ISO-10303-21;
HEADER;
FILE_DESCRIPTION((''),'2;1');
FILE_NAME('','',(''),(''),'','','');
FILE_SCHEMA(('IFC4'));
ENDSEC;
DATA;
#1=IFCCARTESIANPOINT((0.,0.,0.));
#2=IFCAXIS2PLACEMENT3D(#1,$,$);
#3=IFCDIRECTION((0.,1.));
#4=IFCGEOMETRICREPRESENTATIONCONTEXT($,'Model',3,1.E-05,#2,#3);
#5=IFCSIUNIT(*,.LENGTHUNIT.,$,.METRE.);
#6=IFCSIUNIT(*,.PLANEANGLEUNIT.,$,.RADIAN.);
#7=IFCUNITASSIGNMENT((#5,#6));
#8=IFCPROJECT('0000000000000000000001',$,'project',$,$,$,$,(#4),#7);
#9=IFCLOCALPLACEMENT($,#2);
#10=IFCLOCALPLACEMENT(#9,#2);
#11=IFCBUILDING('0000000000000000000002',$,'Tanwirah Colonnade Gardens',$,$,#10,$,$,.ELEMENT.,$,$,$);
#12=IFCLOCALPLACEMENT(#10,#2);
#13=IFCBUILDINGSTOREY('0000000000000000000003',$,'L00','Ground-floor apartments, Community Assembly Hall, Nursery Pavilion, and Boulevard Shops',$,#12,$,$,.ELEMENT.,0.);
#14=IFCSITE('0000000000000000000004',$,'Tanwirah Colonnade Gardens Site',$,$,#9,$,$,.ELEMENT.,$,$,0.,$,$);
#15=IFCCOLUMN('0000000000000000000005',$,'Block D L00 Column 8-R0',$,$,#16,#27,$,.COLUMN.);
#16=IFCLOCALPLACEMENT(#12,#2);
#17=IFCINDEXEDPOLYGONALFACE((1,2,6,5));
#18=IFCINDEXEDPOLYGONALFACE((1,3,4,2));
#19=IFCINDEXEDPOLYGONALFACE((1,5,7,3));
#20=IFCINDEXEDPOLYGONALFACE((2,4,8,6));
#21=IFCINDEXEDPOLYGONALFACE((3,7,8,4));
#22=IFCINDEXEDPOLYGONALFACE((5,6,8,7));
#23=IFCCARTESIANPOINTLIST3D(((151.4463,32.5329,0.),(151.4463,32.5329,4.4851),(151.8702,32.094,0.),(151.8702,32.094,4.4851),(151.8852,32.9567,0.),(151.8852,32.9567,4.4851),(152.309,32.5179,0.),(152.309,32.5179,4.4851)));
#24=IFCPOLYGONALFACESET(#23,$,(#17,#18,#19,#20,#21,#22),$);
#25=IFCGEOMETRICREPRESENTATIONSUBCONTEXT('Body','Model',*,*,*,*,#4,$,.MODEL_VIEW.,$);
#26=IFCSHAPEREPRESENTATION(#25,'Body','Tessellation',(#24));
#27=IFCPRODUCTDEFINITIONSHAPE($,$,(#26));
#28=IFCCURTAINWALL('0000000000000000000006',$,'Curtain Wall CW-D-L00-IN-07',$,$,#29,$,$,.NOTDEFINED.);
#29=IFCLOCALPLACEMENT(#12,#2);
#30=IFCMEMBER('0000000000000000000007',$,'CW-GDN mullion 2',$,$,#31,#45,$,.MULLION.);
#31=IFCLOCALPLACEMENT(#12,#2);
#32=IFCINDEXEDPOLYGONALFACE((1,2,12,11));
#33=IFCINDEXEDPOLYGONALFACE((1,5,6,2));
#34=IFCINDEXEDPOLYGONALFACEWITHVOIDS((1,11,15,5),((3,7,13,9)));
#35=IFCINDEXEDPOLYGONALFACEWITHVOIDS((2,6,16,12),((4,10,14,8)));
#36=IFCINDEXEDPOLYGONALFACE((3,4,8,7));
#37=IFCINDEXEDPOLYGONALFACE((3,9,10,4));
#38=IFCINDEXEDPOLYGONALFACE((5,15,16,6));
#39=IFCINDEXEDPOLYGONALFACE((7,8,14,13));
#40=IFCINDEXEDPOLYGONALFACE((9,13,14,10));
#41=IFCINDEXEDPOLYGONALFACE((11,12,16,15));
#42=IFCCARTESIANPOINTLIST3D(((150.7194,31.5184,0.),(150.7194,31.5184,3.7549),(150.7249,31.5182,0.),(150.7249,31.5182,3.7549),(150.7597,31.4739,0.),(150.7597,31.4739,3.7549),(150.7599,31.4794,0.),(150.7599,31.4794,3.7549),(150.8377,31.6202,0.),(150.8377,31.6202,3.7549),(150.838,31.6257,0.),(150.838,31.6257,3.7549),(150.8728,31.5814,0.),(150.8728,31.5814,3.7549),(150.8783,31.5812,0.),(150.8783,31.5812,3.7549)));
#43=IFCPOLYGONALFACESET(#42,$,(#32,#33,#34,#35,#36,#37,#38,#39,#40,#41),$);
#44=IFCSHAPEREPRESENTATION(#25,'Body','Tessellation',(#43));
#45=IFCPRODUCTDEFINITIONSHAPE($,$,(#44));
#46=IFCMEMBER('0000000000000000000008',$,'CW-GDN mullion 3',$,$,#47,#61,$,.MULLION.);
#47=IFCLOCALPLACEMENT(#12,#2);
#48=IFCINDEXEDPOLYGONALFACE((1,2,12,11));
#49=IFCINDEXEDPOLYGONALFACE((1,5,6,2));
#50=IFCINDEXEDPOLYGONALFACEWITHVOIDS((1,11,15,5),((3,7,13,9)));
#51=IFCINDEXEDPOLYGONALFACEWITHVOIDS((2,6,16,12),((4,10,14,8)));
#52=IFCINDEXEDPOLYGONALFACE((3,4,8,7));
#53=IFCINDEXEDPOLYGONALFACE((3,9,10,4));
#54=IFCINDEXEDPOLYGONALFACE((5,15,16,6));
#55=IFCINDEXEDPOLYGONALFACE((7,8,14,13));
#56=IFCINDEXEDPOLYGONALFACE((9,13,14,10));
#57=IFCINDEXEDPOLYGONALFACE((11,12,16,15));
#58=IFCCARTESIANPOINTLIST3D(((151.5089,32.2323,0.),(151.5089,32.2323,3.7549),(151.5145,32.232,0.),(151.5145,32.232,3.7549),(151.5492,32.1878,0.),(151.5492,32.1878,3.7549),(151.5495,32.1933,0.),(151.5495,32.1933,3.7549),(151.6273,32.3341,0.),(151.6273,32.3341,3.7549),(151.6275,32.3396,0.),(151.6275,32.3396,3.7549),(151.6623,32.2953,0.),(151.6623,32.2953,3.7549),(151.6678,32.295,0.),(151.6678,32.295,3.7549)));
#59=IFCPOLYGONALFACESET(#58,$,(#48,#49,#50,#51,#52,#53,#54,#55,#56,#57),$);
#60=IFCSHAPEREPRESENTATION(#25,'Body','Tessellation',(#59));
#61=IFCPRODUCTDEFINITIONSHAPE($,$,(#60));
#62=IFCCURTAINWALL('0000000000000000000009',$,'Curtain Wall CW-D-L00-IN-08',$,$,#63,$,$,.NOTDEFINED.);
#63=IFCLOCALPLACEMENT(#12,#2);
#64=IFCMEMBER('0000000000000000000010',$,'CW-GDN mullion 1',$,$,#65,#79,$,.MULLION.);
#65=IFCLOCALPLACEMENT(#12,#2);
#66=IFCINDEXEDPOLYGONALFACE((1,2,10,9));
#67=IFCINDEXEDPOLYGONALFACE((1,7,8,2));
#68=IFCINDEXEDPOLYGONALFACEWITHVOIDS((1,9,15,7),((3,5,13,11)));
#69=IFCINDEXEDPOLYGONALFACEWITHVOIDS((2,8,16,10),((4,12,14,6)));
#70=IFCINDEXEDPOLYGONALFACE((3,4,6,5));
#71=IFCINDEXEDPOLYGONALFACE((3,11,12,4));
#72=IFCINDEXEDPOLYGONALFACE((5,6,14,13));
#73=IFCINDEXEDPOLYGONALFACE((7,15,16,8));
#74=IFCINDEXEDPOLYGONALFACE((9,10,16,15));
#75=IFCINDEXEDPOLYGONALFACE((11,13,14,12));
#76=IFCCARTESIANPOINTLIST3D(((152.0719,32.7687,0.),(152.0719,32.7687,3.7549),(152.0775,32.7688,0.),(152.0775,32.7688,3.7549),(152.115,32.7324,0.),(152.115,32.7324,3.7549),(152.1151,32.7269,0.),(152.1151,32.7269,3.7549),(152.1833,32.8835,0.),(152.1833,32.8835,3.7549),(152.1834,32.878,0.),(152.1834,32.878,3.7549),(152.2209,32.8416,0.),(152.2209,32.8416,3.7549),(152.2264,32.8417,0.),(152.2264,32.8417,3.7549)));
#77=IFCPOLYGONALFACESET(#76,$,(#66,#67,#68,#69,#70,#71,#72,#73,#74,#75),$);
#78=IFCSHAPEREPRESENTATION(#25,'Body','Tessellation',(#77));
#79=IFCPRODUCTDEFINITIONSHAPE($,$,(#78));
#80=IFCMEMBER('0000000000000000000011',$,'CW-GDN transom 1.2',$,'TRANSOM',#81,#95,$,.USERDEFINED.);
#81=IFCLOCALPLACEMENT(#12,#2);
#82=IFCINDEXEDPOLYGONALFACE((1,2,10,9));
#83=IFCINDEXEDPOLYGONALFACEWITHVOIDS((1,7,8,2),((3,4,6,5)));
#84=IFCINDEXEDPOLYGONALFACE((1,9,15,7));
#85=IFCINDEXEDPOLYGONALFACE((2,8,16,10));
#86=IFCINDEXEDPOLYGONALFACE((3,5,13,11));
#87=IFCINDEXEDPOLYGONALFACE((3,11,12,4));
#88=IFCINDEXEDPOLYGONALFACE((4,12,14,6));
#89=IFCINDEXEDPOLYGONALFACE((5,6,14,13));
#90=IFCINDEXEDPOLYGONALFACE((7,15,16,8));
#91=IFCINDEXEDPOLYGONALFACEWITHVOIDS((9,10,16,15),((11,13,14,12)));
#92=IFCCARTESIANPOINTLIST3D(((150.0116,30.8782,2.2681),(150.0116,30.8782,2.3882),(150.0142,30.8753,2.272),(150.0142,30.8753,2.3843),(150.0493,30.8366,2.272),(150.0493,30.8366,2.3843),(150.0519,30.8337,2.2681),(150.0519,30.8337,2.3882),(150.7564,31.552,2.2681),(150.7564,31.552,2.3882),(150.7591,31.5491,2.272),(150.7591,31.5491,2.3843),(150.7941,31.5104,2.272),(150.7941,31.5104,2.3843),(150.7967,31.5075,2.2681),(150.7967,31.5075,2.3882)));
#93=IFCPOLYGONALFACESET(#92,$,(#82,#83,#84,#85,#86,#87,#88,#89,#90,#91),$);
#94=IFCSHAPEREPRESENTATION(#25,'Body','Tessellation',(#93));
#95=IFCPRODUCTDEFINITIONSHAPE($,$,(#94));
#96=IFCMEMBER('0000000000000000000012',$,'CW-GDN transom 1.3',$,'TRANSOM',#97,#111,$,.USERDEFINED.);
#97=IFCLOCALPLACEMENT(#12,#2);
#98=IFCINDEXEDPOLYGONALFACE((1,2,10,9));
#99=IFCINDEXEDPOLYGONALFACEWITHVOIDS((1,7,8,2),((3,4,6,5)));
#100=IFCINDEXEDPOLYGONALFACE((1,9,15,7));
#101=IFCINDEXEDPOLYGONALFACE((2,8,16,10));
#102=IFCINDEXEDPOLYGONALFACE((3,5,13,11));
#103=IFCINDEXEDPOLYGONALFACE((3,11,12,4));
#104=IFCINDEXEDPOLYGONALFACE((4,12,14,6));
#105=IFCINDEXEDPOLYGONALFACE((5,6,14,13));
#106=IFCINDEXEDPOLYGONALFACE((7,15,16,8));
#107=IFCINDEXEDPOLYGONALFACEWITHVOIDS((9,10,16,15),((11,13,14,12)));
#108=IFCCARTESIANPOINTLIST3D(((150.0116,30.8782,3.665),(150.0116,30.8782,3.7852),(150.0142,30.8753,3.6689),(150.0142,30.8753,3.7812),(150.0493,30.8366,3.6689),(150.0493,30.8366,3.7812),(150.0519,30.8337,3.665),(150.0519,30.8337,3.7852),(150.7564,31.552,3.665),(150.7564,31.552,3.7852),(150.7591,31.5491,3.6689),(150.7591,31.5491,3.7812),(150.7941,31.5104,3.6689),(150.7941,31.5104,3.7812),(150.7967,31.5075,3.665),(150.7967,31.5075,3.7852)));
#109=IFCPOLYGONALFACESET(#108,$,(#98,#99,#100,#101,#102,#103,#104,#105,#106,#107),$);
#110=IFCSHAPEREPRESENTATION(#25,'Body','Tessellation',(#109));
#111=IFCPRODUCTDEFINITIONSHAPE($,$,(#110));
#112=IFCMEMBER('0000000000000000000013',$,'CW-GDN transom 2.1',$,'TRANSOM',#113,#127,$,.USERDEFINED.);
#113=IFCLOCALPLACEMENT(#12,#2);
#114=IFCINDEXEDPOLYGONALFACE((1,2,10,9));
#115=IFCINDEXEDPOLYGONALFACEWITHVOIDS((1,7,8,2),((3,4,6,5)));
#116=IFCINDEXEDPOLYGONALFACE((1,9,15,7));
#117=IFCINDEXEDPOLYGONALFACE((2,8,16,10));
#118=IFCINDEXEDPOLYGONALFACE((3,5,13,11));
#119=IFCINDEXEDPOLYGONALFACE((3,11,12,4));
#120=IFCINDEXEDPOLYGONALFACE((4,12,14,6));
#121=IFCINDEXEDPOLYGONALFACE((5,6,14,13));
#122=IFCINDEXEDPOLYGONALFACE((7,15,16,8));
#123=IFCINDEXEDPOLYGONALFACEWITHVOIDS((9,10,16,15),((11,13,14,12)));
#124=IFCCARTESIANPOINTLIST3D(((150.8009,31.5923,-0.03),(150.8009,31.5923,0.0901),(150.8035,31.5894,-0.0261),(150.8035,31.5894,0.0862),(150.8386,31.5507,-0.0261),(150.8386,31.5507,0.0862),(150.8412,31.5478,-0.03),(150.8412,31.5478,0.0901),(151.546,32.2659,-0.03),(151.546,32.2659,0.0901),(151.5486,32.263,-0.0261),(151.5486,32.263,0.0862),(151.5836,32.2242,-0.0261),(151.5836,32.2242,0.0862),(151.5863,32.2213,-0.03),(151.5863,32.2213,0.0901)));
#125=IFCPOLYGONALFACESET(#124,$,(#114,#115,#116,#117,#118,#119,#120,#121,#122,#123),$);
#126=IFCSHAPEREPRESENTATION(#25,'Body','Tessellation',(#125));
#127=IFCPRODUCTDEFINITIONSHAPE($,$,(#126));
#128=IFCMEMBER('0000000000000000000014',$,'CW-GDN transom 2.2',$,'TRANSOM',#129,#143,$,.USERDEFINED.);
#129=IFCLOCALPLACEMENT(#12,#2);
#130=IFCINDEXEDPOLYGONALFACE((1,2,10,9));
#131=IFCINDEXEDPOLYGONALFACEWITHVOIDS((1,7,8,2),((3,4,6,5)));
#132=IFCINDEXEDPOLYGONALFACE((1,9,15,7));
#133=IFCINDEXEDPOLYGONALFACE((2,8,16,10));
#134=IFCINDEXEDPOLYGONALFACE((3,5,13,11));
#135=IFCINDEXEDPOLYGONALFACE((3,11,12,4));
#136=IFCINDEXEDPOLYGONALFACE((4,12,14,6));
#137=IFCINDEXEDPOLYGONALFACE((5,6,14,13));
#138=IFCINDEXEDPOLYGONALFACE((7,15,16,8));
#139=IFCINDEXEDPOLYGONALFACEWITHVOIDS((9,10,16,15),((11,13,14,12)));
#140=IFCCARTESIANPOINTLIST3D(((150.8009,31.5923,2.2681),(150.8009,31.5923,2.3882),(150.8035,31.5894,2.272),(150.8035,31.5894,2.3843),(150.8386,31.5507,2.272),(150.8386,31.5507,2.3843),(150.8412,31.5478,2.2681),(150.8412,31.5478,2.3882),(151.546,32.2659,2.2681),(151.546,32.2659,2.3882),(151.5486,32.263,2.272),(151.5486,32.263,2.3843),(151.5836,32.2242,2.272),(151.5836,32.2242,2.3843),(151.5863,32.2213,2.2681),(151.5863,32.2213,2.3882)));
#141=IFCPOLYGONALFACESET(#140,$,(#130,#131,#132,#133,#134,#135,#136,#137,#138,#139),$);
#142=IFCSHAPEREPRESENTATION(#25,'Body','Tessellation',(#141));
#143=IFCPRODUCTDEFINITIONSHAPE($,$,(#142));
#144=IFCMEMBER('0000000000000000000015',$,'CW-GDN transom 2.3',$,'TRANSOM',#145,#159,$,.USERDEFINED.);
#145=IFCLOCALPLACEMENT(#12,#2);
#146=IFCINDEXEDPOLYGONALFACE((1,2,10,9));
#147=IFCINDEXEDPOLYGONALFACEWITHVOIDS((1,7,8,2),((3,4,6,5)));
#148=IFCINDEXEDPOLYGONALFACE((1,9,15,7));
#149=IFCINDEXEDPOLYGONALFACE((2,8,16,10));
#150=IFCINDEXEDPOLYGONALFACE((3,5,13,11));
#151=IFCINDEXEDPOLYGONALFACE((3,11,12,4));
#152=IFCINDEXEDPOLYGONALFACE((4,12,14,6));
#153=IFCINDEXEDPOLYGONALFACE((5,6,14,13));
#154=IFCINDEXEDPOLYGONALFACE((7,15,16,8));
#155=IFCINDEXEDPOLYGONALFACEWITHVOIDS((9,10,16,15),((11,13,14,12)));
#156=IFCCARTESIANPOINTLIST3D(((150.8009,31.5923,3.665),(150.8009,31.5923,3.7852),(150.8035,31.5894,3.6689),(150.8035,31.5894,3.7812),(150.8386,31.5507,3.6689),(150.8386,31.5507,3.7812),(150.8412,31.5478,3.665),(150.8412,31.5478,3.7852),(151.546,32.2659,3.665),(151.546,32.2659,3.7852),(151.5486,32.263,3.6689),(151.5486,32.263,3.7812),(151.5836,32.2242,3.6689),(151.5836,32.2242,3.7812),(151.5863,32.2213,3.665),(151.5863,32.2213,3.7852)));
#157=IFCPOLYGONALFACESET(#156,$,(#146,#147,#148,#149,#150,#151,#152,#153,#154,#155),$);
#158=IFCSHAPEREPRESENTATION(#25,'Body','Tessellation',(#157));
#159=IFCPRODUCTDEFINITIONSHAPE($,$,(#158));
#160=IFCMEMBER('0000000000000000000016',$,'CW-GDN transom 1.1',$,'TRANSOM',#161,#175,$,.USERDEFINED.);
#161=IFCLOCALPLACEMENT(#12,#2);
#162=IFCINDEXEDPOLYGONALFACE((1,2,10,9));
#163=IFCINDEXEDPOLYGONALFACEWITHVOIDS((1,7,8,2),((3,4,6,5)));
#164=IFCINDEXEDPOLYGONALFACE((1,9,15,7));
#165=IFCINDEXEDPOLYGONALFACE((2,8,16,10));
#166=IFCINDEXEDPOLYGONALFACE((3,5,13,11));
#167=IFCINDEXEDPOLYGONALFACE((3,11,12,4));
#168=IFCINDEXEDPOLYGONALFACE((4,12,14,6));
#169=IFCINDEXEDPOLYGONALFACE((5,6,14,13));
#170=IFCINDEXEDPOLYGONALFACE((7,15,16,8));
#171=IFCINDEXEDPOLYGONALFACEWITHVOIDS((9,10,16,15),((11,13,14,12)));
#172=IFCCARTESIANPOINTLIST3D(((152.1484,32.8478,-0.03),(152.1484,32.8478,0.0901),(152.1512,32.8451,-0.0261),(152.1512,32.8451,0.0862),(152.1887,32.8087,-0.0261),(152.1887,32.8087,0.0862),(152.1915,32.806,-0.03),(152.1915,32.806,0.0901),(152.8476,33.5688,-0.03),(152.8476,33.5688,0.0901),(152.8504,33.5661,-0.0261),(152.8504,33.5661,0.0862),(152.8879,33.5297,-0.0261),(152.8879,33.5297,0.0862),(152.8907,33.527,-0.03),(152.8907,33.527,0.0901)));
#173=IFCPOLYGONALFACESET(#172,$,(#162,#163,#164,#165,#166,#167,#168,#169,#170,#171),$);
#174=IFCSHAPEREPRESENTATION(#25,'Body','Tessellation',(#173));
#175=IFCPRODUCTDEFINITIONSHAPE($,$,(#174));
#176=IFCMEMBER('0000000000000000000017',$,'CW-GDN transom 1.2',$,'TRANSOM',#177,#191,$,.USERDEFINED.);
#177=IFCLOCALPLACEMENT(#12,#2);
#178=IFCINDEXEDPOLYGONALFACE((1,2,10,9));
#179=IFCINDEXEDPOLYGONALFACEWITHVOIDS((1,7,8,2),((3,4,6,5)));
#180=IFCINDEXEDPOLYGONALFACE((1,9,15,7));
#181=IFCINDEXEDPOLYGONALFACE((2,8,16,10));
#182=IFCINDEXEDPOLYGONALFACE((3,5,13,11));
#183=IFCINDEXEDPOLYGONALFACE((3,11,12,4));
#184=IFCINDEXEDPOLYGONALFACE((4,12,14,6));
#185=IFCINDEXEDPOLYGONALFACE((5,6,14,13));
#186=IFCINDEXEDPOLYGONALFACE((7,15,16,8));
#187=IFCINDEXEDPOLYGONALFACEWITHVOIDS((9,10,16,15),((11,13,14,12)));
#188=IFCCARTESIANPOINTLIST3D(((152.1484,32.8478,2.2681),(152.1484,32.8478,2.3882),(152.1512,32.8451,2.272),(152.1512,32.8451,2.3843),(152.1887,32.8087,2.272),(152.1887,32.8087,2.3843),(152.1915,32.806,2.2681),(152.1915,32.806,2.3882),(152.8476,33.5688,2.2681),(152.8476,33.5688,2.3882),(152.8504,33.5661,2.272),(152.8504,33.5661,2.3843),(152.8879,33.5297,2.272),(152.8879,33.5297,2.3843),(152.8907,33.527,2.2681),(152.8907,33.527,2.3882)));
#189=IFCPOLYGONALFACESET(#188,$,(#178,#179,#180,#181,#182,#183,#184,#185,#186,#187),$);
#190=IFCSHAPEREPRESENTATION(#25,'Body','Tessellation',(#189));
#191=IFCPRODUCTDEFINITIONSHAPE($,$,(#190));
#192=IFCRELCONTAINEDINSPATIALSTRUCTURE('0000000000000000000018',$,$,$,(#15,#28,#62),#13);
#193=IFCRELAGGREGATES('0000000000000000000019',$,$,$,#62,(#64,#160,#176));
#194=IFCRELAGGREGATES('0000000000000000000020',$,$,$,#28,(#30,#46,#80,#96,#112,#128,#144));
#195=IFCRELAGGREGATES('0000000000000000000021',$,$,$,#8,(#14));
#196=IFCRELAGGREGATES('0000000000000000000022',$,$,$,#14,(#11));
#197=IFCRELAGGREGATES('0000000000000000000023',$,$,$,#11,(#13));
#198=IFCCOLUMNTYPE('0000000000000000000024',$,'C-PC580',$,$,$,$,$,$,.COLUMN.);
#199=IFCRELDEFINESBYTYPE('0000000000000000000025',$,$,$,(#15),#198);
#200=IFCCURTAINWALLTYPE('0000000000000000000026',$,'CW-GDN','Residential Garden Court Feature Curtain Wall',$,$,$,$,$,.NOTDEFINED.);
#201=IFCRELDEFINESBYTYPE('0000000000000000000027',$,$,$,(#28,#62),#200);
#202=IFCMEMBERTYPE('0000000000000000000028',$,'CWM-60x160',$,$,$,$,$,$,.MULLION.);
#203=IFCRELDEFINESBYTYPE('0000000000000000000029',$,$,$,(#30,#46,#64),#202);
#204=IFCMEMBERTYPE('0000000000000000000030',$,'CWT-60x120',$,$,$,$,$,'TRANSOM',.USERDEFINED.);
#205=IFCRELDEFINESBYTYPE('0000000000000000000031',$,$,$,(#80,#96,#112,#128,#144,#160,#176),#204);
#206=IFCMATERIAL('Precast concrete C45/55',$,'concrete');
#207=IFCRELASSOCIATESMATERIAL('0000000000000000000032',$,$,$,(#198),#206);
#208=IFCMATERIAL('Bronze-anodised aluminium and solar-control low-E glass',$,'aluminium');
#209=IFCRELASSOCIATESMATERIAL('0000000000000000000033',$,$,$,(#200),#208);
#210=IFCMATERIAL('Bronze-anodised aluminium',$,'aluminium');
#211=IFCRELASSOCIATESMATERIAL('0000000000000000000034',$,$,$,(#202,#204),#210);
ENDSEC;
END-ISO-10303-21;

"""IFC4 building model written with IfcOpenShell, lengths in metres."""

from ifc_helpers import new_model, si_unit, direction, frame, origin, origin_2d, place, context, subcontext, project, spatial, rectangle, hollow_rectangle, extrude, material, material_profile, profile_set, type_object, element, aggregate, save


model = new_model("IFC4")

# Units and contexts
model_context = context("Model", 3, precision=1e-05, world=origin(), true_north=direction((0.0, 1.0)))
body_context = subcontext(model_context, "Body", "Model", "MODEL_VIEW")
ifc_project = project(units=[si_unit("LENGTHUNIT", "METRE"), si_unit("PLANEANGLEUNIT", "RADIAN")], contexts=[model_context])

# Site, building, storey
site_placement = place(None, origin())
site = spatial("IfcSite", under=ifc_project, at=site_placement, Name="Tanwirah Colonnade Gardens Site", CompositionType="ELEMENT", RefElevation=0.0)
building_placement = place(site_placement, origin())
building = spatial("IfcBuilding", under=site, at=building_placement, Name="Tanwirah Colonnade Gardens", CompositionType="ELEMENT")
storey_placement = place(building_placement, origin())
storey = spatial("IfcBuildingStorey", under=building, at=storey_placement, Name="L00", Description="Ground-floor apartments, Community Assembly Hall, Nursery Pavilion, and Boulevard Shops", CompositionType="ELEMENT", Elevation=0.0)

# Column
ifc_material_1 = material(Name="Precast concrete C45/55", Category="concrete")
ifc_material_profile_1 = material_profile(ifc_material_1, rectangle(XDim=0.6101, YDim=0.6101, at=origin_2d()), Name="PC-COL 610x610")
ifc_profile_set_1 = profile_set([ifc_material_profile_1], Name="Precast concrete C45/55")
column_type = type_object("IfcColumnType", Name="C-PC580", PredefinedType="COLUMN", material=ifc_profile_set_1)
column_placement = place(storey_placement, frame((151.8777, 32.5254, 0.0), z_axis=(0.0, 0.0, 1.0), x_axis=(0.694658, -0.71934, 0.0)))
element("IfcColumn", 1, at=column_placement, inside=storey, type_object=column_type, Name="Block D L00 Column 8-R0", PredefinedType="COLUMN", context=body_context, shape_type="SweptSolid", body=[
    extrude(rectangle(XDim=0.6101, YDim=0.6101, at=origin_2d()), origin(), (0.0, 0.0, 1.0), 4.4851),
])

# Curtain wall, members
ifc_material_2 = material(Name="Bronze-anodised aluminium and solar-control low-E glass", Category="aluminium")
curtain_wall_type = type_object("IfcCurtainWallType", Name="CW-GDN", Description="Residential Garden Court Feature Curtain Wall", PredefinedType="NOTDEFINED", material=ifc_material_2)
curtain_wall_1_placement = place(storey_placement, origin())
curtain_wall_1 = element("IfcCurtainWall", 2, at=curtain_wall_1_placement, inside=storey, type_object=curtain_wall_type, Name="Curtain Wall CW-D-L00-IN-07", PredefinedType="NOTDEFINED")
ifc_material_3 = material(Name="Bronze-anodised aluminium", Category="aluminium")
ifc_material_profile_2 = material_profile(ifc_material_3, hollow_rectangle(XDim=0.0601, YDim=0.1599, WallThickness=0.0039, at=origin_2d()), Name="CW-MUL 60x160x4")
ifc_profile_set_2 = profile_set([ifc_material_profile_2], Name="Bronze-anodised aluminium")
member_type_1 = type_object("IfcMemberType", Name="CWM-60x160", PredefinedType="MULLION", material=ifc_profile_set_2)
member_1_placement = place(storey_placement, frame((150.7988, 31.5498, 0.0), z_axis=(0.0, 0.0, 1.0), x_axis=(-0.670751, 0.741683, 0.0)))
member_1 = element("IfcMember", 3, at=member_1_placement, type_object=member_type_1, Name="CW-GDN mullion 2", PredefinedType="MULLION", context=body_context, shape_type="SweptSolid", body=[
    extrude(hollow_rectangle(XDim=0.0601, YDim=0.1599, WallThickness=0.0039, at=origin_2d()), origin(), (0.0, 0.0, 1.0), 3.7549),
])
member_2_placement = place(storey_placement, frame((151.5884, 32.2637, 0.0), z_axis=(0.0, 0.0, 1.0), x_axis=(-0.670751, 0.741683, 0.0)))
member_2 = element("IfcMember", 4, at=member_2_placement, type_object=member_type_1, Name="CW-GDN mullion 3", PredefinedType="MULLION", context=body_context, shape_type="SweptSolid", body=[
    extrude(hollow_rectangle(XDim=0.0601, YDim=0.1599, WallThickness=0.0039, at=origin_2d()), origin(), (0.0, 0.0, 1.0), 3.7549),
])

# Curtain wall, member
curtain_wall_2_placement = place(storey_placement, origin())
curtain_wall_2 = element("IfcCurtainWall", 5, at=curtain_wall_2_placement, inside=storey, type_object=curtain_wall_type, Name="Curtain Wall CW-D-L00-IN-08", PredefinedType="NOTDEFINED")
member_3_placement = place(storey_placement, frame((152.1492, 32.8052, 0.0), z_axis=(0.0, 0.0, 1.0), x_axis=(-0.717825, 0.696223, 0.0)))
member_3 = element("IfcMember", 6, at=member_3_placement, type_object=member_type_1, Name="CW-GDN mullion 1", PredefinedType="MULLION", context=body_context, shape_type="SweptSolid", body=[
    extrude(hollow_rectangle(XDim=0.0601, YDim=0.1599, WallThickness=0.0039, at=origin_2d()), origin(), (0.0, 0.0, 1.0), 3.7549),
])

# Members
ifc_material_profile_3 = material_profile(ifc_material_3, hollow_rectangle(XDim=0.0601, YDim=0.1201, WallThickness=0.0039, at=origin_2d()), Name="CW-TRN 60x120x4")
ifc_profile_set_3 = profile_set([ifc_material_profile_3], Name="Bronze-anodised aluminium")
member_type_2 = type_object("IfcMemberType", Name="CWT-60x120", ElementType="TRANSOM", PredefinedType="USERDEFINED", material=ifc_profile_set_3)
member_4_placement = place(storey_placement, frame((150.0317, 30.856, 2.3281), z_axis=(0.741588, 0.670856, 0.0), x_axis=(-0.670856, 0.741588, 0.0)))
member_4 = element("IfcMember", 7, at=member_4_placement, type_object=member_type_2, Name="CW-GDN transom 1.2", ObjectType="TRANSOM", PredefinedType="USERDEFINED", context=body_context, shape_type="SweptSolid", body=[
    extrude(hollow_rectangle(XDim=0.0601, YDim=0.1201, WallThickness=0.0039, at=origin_2d()), origin(), (0.0, 0.0, 1.0), 1.0044),
])
member_5_placement = place(storey_placement, frame((150.0317, 30.856, 3.7251), z_axis=(0.741588, 0.670856, 0.0), x_axis=(-0.670856, 0.741588, 0.0)))
member_5 = element("IfcMember", 8, at=member_5_placement, type_object=member_type_2, Name="CW-GDN transom 1.3", ObjectType="TRANSOM", PredefinedType="USERDEFINED", context=body_context, shape_type="SweptSolid", body=[
    extrude(hollow_rectangle(XDim=0.0601, YDim=0.1201, WallThickness=0.0039, at=origin_2d()), origin(), (0.0, 0.0, 1.0), 1.0044),
])
member_6_placement = place(storey_placement, frame((150.821, 31.5701, 0.03), z_axis=(0.741818, 0.670601, 0.0), x_axis=(-0.670601, 0.741818, 0.0)))
member_6 = element("IfcMember", 9, at=member_6_placement, type_object=member_type_2, Name="CW-GDN transom 2.1", ObjectType="TRANSOM", PredefinedType="USERDEFINED", context=body_context, shape_type="SweptSolid", body=[
    extrude(hollow_rectangle(XDim=0.0601, YDim=0.1201, WallThickness=0.0039, at=origin_2d()), origin(), (0.0, 0.0, 1.0), 1.0044),
])
member_7_placement = place(storey_placement, frame((150.821, 31.5701, 2.3281), z_axis=(0.741818, 0.670601, 0.0), x_axis=(-0.670601, 0.741818, 0.0)))
member_7 = element("IfcMember", 10, at=member_7_placement, type_object=member_type_2, Name="CW-GDN transom 2.2", ObjectType="TRANSOM", PredefinedType="USERDEFINED", context=body_context, shape_type="SweptSolid", body=[
    extrude(hollow_rectangle(XDim=0.0601, YDim=0.1201, WallThickness=0.0039, at=origin_2d()), origin(), (0.0, 0.0, 1.0), 1.0044),
])
member_8_placement = place(storey_placement, frame((150.821, 31.5701, 3.7251), z_axis=(0.741818, 0.670601, 0.0), x_axis=(-0.670601, 0.741818, 0.0)))
member_8 = element("IfcMember", 11, at=member_8_placement, type_object=member_type_2, Name="CW-GDN transom 2.3", ObjectType="TRANSOM", PredefinedType="USERDEFINED", context=body_context, shape_type="SweptSolid", body=[
    extrude(hollow_rectangle(XDim=0.0601, YDim=0.1201, WallThickness=0.0039, at=origin_2d()), origin(), (0.0, 0.0, 1.0), 1.0044),
])
member_9_placement = place(storey_placement, frame((152.1699, 32.8269, 0.03), z_axis=(0.696207, 0.717841, 0.0), x_axis=(-0.717841, 0.696207, 0.0)))
member_9 = element("IfcMember", 12, at=member_9_placement, type_object=member_type_2, Name="CW-GDN transom 1.1", ObjectType="TRANSOM", PredefinedType="USERDEFINED", context=body_context, shape_type="SweptSolid", body=[
    extrude(hollow_rectangle(XDim=0.0601, YDim=0.1201, WallThickness=0.0039, at=origin_2d()), origin(), (0.0, 0.0, 1.0), 1.0044),
])
member_10_placement = place(storey_placement, frame((152.1699, 32.8269, 2.3281), z_axis=(0.696207, 0.717841, 0.0), x_axis=(-0.717841, 0.696207, 0.0)))
member_10 = element("IfcMember", 13, at=member_10_placement, type_object=member_type_2, Name="CW-GDN transom 1.2", ObjectType="TRANSOM", PredefinedType="USERDEFINED", context=body_context, shape_type="SweptSolid", body=[
    extrude(hollow_rectangle(XDim=0.0601, YDim=0.1201, WallThickness=0.0039, at=origin_2d()), origin(), (0.0, 0.0, 1.0), 1.0044),
])
aggregate(curtain_wall_2, [member_3, member_9, member_10])

aggregate(curtain_wall_1, [member_1, member_2, member_4, member_5, member_6, member_7, member_8])

save(model, "model.ifc")
